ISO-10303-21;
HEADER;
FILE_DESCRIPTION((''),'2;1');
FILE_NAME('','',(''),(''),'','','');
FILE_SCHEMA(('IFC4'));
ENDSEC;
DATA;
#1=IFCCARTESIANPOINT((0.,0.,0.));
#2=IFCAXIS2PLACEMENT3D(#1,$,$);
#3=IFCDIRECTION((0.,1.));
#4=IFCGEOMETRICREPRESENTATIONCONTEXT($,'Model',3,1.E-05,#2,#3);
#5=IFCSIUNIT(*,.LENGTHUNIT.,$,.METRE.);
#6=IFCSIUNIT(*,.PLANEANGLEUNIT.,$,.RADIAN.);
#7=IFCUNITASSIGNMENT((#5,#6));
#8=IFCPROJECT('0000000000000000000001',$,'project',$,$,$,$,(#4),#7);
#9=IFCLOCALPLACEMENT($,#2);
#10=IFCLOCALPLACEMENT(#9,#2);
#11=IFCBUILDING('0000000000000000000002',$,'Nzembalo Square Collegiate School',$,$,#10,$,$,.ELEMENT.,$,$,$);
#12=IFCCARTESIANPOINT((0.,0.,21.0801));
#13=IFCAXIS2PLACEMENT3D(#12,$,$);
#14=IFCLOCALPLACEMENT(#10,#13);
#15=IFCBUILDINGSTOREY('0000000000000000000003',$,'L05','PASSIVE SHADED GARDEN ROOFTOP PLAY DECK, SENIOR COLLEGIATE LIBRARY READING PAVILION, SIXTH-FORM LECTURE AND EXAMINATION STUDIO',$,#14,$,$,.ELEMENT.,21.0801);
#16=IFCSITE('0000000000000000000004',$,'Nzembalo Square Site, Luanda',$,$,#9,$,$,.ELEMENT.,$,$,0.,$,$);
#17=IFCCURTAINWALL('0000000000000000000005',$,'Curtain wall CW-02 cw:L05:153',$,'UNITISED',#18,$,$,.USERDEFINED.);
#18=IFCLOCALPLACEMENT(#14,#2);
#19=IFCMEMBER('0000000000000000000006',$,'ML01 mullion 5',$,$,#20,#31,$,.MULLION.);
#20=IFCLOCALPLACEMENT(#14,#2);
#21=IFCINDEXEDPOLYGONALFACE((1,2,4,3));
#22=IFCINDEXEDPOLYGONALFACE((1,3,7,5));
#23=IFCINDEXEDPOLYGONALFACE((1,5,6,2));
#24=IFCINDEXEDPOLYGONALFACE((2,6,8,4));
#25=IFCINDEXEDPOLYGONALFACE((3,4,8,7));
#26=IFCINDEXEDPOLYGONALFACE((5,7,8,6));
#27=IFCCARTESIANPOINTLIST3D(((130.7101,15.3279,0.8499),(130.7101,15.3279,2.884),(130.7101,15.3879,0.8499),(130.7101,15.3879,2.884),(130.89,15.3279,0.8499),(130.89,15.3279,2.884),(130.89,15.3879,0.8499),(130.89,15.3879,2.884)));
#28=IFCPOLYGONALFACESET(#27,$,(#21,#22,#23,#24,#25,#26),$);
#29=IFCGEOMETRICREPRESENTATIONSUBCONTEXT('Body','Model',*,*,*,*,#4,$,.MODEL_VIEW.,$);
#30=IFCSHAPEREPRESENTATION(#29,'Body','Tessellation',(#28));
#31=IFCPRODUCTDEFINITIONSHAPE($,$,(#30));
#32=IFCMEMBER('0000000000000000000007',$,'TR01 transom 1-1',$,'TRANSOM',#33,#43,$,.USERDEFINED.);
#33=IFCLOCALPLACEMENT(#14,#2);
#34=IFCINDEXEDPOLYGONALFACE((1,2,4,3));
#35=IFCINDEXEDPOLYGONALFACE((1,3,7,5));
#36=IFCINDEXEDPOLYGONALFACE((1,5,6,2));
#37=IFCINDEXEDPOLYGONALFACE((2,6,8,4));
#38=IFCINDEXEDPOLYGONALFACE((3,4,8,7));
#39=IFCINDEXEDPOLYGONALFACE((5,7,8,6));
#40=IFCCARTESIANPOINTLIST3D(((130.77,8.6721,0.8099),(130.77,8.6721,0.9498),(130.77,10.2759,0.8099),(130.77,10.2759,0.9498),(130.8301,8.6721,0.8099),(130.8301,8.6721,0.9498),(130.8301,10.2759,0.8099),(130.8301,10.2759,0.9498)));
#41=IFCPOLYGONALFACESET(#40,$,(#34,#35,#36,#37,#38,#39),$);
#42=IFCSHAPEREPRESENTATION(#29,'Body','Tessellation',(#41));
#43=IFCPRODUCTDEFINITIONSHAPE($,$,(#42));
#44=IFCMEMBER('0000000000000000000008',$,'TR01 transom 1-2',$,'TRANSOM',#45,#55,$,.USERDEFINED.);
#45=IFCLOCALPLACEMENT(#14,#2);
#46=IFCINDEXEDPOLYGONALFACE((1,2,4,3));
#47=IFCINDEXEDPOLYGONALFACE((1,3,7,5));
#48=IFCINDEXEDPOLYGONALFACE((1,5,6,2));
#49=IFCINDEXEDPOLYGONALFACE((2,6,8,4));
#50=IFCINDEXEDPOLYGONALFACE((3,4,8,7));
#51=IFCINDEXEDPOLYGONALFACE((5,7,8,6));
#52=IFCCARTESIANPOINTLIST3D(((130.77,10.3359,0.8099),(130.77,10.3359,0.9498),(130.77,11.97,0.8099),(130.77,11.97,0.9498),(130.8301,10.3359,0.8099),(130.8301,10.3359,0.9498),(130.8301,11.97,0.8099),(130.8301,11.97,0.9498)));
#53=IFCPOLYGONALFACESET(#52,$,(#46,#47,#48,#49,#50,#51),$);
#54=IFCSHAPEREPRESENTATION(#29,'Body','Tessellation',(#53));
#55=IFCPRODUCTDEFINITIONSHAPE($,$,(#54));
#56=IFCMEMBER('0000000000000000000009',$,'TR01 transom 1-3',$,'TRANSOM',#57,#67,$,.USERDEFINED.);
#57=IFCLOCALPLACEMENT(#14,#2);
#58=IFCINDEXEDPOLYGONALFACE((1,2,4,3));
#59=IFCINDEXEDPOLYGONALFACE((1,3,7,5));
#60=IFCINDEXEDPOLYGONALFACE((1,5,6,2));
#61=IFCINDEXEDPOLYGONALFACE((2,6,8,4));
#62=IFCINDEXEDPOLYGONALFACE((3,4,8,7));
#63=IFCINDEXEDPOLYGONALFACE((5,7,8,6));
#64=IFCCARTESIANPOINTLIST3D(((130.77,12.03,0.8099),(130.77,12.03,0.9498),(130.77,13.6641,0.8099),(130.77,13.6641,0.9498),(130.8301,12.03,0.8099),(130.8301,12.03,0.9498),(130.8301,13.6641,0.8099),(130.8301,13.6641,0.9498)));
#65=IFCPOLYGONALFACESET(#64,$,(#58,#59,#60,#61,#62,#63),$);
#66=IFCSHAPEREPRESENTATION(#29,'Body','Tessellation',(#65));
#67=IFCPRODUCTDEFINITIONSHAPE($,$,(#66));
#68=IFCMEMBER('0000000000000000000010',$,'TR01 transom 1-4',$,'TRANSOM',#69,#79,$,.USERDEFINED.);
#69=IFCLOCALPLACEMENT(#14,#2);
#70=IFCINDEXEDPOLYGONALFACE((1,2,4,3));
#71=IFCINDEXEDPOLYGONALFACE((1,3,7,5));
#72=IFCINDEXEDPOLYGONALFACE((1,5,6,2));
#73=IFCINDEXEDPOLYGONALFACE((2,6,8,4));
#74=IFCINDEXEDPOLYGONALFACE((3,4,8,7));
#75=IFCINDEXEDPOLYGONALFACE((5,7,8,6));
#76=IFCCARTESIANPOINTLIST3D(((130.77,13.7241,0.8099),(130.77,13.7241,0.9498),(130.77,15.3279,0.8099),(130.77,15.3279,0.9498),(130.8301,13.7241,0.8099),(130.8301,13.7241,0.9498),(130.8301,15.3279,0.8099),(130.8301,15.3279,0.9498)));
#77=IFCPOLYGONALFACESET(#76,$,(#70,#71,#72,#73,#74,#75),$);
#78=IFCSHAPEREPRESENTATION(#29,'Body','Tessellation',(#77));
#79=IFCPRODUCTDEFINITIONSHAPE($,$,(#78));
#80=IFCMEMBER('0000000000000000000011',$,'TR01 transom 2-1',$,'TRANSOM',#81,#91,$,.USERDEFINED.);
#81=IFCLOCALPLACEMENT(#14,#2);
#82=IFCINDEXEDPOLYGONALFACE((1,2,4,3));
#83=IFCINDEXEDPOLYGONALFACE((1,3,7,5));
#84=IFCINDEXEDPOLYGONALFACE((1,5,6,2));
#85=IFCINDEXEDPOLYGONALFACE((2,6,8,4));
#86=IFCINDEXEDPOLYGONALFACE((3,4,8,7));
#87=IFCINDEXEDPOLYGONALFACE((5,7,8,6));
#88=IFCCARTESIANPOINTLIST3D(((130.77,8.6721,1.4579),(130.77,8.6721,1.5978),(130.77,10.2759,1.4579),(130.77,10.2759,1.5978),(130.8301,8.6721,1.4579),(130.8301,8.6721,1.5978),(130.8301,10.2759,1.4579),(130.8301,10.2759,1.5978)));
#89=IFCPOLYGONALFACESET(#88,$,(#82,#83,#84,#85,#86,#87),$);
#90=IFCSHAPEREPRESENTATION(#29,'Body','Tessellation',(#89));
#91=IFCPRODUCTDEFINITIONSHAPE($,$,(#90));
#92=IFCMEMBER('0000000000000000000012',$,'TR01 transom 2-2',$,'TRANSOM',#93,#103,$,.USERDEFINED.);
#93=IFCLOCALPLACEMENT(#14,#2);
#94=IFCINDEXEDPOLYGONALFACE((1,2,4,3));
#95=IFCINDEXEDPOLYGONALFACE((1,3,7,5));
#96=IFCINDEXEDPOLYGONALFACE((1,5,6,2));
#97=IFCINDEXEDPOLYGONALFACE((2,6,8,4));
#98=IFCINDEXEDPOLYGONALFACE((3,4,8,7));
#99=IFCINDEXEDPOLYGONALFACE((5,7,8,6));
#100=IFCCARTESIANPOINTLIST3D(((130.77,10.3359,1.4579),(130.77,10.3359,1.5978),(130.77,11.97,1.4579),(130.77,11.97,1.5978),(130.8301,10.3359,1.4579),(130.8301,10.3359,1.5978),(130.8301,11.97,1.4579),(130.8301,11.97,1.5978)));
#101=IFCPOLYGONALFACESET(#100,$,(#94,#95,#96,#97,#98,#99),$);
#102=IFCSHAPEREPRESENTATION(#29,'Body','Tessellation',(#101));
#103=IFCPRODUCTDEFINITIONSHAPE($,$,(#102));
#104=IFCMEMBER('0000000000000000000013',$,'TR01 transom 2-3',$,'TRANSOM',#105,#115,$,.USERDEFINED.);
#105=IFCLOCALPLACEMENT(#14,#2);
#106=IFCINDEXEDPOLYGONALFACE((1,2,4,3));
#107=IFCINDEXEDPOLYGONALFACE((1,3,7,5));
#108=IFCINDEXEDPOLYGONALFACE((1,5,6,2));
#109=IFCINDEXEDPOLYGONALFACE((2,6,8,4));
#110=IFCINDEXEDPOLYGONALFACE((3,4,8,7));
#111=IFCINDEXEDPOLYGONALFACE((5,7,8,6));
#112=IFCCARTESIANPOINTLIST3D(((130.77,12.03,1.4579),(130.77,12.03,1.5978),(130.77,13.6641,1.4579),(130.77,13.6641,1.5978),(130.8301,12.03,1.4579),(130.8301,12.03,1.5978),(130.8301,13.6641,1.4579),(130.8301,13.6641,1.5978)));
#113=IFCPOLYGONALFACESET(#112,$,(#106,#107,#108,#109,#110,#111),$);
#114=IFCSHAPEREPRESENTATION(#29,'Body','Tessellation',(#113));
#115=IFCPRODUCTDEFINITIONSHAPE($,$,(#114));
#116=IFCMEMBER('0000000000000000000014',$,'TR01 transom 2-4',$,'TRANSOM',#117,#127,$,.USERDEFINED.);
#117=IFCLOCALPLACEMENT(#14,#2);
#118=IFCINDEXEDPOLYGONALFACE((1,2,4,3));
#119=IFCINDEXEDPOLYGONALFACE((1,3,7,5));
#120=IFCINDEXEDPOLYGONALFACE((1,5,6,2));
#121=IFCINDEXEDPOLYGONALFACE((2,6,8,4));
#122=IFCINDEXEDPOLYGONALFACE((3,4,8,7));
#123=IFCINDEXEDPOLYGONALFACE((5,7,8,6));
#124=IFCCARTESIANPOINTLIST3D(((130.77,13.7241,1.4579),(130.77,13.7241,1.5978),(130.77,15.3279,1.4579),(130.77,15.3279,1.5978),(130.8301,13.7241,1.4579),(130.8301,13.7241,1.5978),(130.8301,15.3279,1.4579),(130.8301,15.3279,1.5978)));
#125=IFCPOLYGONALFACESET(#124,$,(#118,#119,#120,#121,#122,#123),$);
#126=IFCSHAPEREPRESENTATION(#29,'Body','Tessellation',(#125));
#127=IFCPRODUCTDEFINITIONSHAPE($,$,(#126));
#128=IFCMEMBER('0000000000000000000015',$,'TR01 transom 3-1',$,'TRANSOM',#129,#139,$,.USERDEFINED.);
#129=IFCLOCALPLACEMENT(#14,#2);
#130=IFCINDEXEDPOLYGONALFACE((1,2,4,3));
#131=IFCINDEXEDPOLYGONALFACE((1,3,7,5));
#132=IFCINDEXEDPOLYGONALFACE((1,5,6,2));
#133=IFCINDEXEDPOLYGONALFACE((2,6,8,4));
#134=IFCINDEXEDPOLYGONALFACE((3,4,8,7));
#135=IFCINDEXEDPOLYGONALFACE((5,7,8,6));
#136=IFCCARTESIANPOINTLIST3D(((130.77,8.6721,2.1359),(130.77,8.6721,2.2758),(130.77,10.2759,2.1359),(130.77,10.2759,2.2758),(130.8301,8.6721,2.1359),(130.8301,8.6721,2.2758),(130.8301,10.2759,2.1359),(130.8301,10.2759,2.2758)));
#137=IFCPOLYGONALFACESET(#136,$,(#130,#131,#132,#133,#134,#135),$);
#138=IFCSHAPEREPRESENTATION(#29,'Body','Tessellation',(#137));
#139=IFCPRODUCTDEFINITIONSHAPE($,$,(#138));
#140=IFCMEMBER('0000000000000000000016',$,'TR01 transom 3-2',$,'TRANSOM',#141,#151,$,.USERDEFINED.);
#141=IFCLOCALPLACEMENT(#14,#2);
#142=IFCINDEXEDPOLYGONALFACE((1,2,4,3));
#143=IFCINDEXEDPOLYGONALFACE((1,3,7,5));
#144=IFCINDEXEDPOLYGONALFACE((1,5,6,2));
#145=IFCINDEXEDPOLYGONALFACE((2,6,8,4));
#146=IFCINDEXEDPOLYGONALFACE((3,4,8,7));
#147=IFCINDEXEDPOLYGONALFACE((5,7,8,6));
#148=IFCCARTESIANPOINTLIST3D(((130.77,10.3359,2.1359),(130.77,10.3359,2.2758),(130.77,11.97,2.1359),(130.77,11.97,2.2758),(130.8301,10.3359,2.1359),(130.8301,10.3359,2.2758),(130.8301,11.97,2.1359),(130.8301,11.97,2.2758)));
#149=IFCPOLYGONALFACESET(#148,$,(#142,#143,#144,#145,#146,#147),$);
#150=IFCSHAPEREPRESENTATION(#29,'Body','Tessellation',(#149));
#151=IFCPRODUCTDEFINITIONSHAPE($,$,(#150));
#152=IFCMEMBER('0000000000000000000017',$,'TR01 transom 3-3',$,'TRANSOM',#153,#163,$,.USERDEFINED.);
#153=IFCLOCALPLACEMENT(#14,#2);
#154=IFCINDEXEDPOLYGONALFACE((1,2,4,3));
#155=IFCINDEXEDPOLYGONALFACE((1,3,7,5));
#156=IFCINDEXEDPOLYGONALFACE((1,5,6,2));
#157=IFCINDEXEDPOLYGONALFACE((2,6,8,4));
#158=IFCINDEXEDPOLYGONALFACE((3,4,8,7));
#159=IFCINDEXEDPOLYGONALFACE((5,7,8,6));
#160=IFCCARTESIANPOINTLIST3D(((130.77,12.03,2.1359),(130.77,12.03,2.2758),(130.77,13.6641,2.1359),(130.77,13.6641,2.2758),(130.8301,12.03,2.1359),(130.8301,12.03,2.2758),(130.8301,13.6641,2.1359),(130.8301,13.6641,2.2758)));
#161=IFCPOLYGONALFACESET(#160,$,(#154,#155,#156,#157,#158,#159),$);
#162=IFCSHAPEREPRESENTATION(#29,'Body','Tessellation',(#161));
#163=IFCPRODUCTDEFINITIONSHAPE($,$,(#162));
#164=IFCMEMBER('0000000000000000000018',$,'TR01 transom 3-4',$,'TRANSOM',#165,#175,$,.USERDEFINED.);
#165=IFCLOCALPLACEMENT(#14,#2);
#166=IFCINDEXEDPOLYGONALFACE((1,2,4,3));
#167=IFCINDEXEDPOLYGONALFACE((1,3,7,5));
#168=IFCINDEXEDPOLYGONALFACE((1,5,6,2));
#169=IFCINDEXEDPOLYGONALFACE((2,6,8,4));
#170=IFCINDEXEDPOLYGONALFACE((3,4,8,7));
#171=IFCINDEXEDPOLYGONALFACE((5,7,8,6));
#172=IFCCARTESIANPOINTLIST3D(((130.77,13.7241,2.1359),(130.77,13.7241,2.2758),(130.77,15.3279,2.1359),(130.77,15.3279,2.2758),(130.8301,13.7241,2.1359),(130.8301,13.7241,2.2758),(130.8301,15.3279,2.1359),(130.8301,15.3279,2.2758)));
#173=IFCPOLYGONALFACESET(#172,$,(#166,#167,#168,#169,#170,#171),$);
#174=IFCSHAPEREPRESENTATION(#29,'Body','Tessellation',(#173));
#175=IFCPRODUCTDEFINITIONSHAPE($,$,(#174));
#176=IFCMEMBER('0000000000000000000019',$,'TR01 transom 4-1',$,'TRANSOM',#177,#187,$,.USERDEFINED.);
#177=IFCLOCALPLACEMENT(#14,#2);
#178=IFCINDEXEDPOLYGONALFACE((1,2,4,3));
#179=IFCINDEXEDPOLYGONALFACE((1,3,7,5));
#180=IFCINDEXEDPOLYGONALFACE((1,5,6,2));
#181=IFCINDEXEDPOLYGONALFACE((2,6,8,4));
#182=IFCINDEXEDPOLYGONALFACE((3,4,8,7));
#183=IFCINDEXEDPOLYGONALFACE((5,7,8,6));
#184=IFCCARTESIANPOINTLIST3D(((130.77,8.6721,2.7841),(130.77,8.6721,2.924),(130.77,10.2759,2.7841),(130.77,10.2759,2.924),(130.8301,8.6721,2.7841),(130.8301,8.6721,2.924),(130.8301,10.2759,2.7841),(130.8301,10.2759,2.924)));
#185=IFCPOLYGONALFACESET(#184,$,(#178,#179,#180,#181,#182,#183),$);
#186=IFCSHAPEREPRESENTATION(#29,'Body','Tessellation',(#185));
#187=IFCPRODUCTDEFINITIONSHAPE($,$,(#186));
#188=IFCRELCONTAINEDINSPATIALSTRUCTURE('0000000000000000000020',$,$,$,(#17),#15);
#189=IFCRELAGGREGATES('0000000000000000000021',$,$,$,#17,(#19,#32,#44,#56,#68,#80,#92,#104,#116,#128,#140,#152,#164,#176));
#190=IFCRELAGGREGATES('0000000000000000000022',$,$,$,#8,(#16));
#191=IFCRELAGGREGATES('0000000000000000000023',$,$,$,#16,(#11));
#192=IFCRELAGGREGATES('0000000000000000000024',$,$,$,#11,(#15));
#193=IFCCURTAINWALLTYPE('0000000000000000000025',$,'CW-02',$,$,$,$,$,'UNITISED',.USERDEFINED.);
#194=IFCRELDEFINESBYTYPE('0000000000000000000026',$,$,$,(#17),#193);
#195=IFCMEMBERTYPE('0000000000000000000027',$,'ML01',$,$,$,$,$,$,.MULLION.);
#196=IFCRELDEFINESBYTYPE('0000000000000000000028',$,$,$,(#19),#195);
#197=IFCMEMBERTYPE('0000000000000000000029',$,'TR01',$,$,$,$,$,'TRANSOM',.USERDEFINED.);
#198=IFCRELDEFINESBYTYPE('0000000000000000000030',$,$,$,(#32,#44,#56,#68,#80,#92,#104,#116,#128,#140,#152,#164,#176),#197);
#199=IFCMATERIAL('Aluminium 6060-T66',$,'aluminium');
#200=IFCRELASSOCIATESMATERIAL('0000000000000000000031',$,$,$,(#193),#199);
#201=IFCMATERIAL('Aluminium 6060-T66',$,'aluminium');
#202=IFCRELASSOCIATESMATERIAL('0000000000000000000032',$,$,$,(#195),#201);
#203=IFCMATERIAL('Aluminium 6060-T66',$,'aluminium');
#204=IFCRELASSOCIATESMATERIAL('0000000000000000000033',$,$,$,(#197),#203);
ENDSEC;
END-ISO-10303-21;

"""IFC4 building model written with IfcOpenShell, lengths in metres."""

from ifc_helpers import new_model, si_unit, direction, frame, origin, origin_2d, place, context, subcontext, project, spatial, rectangle, extrude, material, material_profile, profile_set, type_object, element, aggregate, save


model = new_model("IFC4")

# Units and contexts
model_context = context("Model", 3, precision=1e-05, world=origin(), true_north=direction((0.0, 1.0)))
body_context = subcontext(model_context, "Body", "Model", "MODEL_VIEW")
ifc_project = project(units=[si_unit("LENGTHUNIT", "METRE"), si_unit("PLANEANGLEUNIT", "RADIAN")], contexts=[model_context])

# Site, building, storey
site_placement = place(None, origin())
site = spatial("IfcSite", under=ifc_project, at=site_placement, Name="Nzembalo Square Site, Luanda", CompositionType="ELEMENT", RefElevation=0.0)
building_placement = place(site_placement, origin())
building = spatial("IfcBuilding", under=site, at=building_placement, Name="Nzembalo Square Collegiate School", CompositionType="ELEMENT")
storey_placement = place(building_placement, frame((0.0, 0.0, 21.0801)))
storey = spatial("IfcBuildingStorey", under=building, at=storey_placement, Name="L05", Description="PASSIVE SHADED GARDEN ROOFTOP PLAY DECK, SENIOR COLLEGIATE LIBRARY READING PAVILION, SIXTH-FORM LECTURE AND EXAMINATION STUDIO", CompositionType="ELEMENT", Elevation=21.0801)

# Curtain wall, members
ifc_material_1 = material(Name="Aluminium 6060-T66", Category="aluminium")
curtain_wall_type = type_object("IfcCurtainWallType", Name="CW-02", ElementType="UNITISED", PredefinedType="USERDEFINED", material=ifc_material_1)
curtain_wall_placement = place(storey_placement, origin())
curtain_wall = element("IfcCurtainWall", 1, at=curtain_wall_placement, inside=storey, type_object=curtain_wall_type, Name="Curtain wall CW-02 cw:L05:153", ObjectType="UNITISED", PredefinedType="USERDEFINED")
ifc_material_2 = material(Name="Aluminium 6060-T66", Category="aluminium")
ifc_material_profile_1 = material_profile(ifc_material_2, rectangle(XDim=0.0601, YDim=0.1799, at=origin_2d()), Name="ALU M60x180")
ifc_profile_set_1 = profile_set([ifc_material_profile_1], Name="Aluminium 6060-T66")
member_type_1 = type_object("IfcMemberType", Name="ML01", PredefinedType="MULLION", material=ifc_profile_set_1)
member_1_placement = place(storey_placement, frame((130.8, 15.3579, 0.8499), z_axis=(0.0, 0.0, 1.0), x_axis=(0.0, 1.0, 0.0)))
member_1 = element("IfcMember", 2, at=member_1_placement, type_object=member_type_1, Name="ML01 mullion 5", PredefinedType="MULLION", context=body_context, shape_type="SweptSolid", body=[
    extrude(rectangle(XDim=0.0601, YDim=0.1799, at=origin_2d()), origin(), (0.0, 0.0, 1.0), 2.0342),
])
ifc_material_3 = material(Name="Aluminium 6060-T66", Category="aluminium")
ifc_material_profile_2 = material_profile(ifc_material_3, rectangle(XDim=0.0601, YDim=0.1399, at=origin_2d()), Name="ALU T60x140")
ifc_profile_set_2 = profile_set([ifc_material_profile_2], Name="Aluminium 6060-T66")
member_type_2 = type_object("IfcMemberType", Name="TR01", ElementType="TRANSOM", PredefinedType="USERDEFINED", material=ifc_profile_set_2)
member_2_placement = place(storey_placement, frame((130.8, 8.6721, 0.8799), z_axis=(0.0, 1.0, 0.0), x_axis=(-1.0, 0.0, 0.0)))
member_2 = element("IfcMember", 3, at=member_2_placement, type_object=member_type_2, Name="TR01 transom 1-1", ObjectType="TRANSOM", PredefinedType="USERDEFINED", context=body_context, shape_type="SweptSolid", body=[
    extrude(rectangle(XDim=0.0601, YDim=0.1399, at=origin_2d()), origin(), (0.0, 0.0, 1.0), 1.6038),
])
member_3_placement = place(storey_placement, frame((130.8, 10.3359, 0.8799), z_axis=(0.0, 1.0, 0.0), x_axis=(-1.0, 0.0, 0.0)))
member_3 = element("IfcMember", 4, at=member_3_placement, type_object=member_type_2, Name="TR01 transom 1-2", ObjectType="TRANSOM", PredefinedType="USERDEFINED", context=body_context, shape_type="SweptSolid", body=[
    extrude(rectangle(XDim=0.0601, YDim=0.1399, at=origin_2d()), origin(), (0.0, 0.0, 1.0), 1.634),
])
member_4_placement = place(storey_placement, frame((130.8, 12.03, 0.8799), z_axis=(0.0, 1.0, 0.0), x_axis=(-1.0, 0.0, 0.0)))
member_4 = element("IfcMember", 5, at=member_4_placement, type_object=member_type_2, Name="TR01 transom 1-3", ObjectType="TRANSOM", PredefinedType="USERDEFINED", context=body_context, shape_type="SweptSolid", body=[
    extrude(rectangle(XDim=0.0601, YDim=0.1399, at=origin_2d()), origin(), (0.0, 0.0, 1.0), 1.634),
])
member_5_placement = place(storey_placement, frame((130.8, 13.7241, 0.8799), z_axis=(0.0, 1.0, 0.0), x_axis=(-1.0, 0.0, 0.0)))
member_5 = element("IfcMember", 6, at=member_5_placement, type_object=member_type_2, Name="TR01 transom 1-4", ObjectType="TRANSOM", PredefinedType="USERDEFINED", context=body_context, shape_type="SweptSolid", body=[
    extrude(rectangle(XDim=0.0601, YDim=0.1399, at=origin_2d()), origin(), (0.0, 0.0, 1.0), 1.6038),
])
member_6_placement = place(storey_placement, frame((130.8, 8.6721, 1.5278), z_axis=(0.0, 1.0, 0.0), x_axis=(-1.0, 0.0, 0.0)))
member_6 = element("IfcMember", 7, at=member_6_placement, type_object=member_type_2, Name="TR01 transom 2-1", ObjectType="TRANSOM", PredefinedType="USERDEFINED", context=body_context, shape_type="SweptSolid", body=[
    extrude(rectangle(XDim=0.0601, YDim=0.1399, at=origin_2d()), origin(), (0.0, 0.0, 1.0), 1.6038),
])
member_7_placement = place(storey_placement, frame((130.8, 10.3359, 1.5278), z_axis=(0.0, 1.0, 0.0), x_axis=(-1.0, 0.0, 0.0)))
member_7 = element("IfcMember", 8, at=member_7_placement, type_object=member_type_2, Name="TR01 transom 2-2", ObjectType="TRANSOM", PredefinedType="USERDEFINED", context=body_context, shape_type="SweptSolid", body=[
    extrude(rectangle(XDim=0.0601, YDim=0.1399, at=origin_2d()), origin(), (0.0, 0.0, 1.0), 1.634),
])
member_8_placement = place(storey_placement, frame((130.8, 12.03, 1.5278), z_axis=(0.0, 1.0, 0.0), x_axis=(-1.0, 0.0, 0.0)))
member_8 = element("IfcMember", 9, at=member_8_placement, type_object=member_type_2, Name="TR01 transom 2-3", ObjectType="TRANSOM", PredefinedType="USERDEFINED", context=body_context, shape_type="SweptSolid", body=[
    extrude(rectangle(XDim=0.0601, YDim=0.1399, at=origin_2d()), origin(), (0.0, 0.0, 1.0), 1.634),
])
member_9_placement = place(storey_placement, frame((130.8, 13.7241, 1.5278), z_axis=(0.0, 1.0, 0.0), x_axis=(-1.0, 0.0, 0.0)))
member_9 = element("IfcMember", 10, at=member_9_placement, type_object=member_type_2, Name="TR01 transom 2-4", ObjectType="TRANSOM", PredefinedType="USERDEFINED", context=body_context, shape_type="SweptSolid", body=[
    extrude(rectangle(XDim=0.0601, YDim=0.1399, at=origin_2d()), origin(), (0.0, 0.0, 1.0), 1.6038),
])
member_10_placement = place(storey_placement, frame((130.8, 8.6721, 2.2058), z_axis=(0.0, 1.0, 0.0), x_axis=(-1.0, 0.0, 0.0)))
member_10 = element("IfcMember", 11, at=member_10_placement, type_object=member_type_2, Name="TR01 transom 3-1", ObjectType="TRANSOM", PredefinedType="USERDEFINED", context=body_context, shape_type="SweptSolid", body=[
    extrude(rectangle(XDim=0.0601, YDim=0.1399, at=origin_2d()), origin(), (0.0, 0.0, 1.0), 1.6038),
])
member_11_placement = place(storey_placement, frame((130.8, 10.3359, 2.2058), z_axis=(0.0, 1.0, 0.0), x_axis=(-1.0, 0.0, 0.0)))
member_11 = element("IfcMember", 12, at=member_11_placement, type_object=member_type_2, Name="TR01 transom 3-2", ObjectType="TRANSOM", PredefinedType="USERDEFINED", context=body_context, shape_type="SweptSolid", body=[
    extrude(rectangle(XDim=0.0601, YDim=0.1399, at=origin_2d()), origin(), (0.0, 0.0, 1.0), 1.634),
])
member_12_placement = place(storey_placement, frame((130.8, 12.03, 2.2058), z_axis=(0.0, 1.0, 0.0), x_axis=(-1.0, 0.0, 0.0)))
member_12 = element("IfcMember", 13, at=member_12_placement, type_object=member_type_2, Name="TR01 transom 3-3", ObjectType="TRANSOM", PredefinedType="USERDEFINED", context=body_context, shape_type="SweptSolid", body=[
    extrude(rectangle(XDim=0.0601, YDim=0.1399, at=origin_2d()), origin(), (0.0, 0.0, 1.0), 1.634),
])
member_13_placement = place(storey_placement, frame((130.8, 13.7241, 2.2058), z_axis=(0.0, 1.0, 0.0), x_axis=(-1.0, 0.0, 0.0)))
member_13 = element("IfcMember", 14, at=member_13_placement, type_object=member_type_2, Name="TR01 transom 3-4", ObjectType="TRANSOM", PredefinedType="USERDEFINED", context=body_context, shape_type="SweptSolid", body=[
    extrude(rectangle(XDim=0.0601, YDim=0.1399, at=origin_2d()), origin(), (0.0, 0.0, 1.0), 1.6038),
])
member_14_placement = place(storey_placement, frame((130.8, 8.6721, 2.854), z_axis=(0.0, 1.0, 0.0), x_axis=(-1.0, 0.0, 0.0)))
member_14 = element("IfcMember", 15, at=member_14_placement, type_object=member_type_2, Name="TR01 transom 4-1", ObjectType="TRANSOM", PredefinedType="USERDEFINED", context=body_context, shape_type="SweptSolid", body=[
    extrude(rectangle(XDim=0.0601, YDim=0.1399, at=origin_2d()), origin(), (0.0, 0.0, 1.0), 1.6038),
])
aggregate(curtain_wall, [member_1, member_2, member_3, member_4, member_5, member_6, member_7, member_8, member_9, member_10, member_11, member_12, member_13, member_14])

save(model, "model.ifc")
